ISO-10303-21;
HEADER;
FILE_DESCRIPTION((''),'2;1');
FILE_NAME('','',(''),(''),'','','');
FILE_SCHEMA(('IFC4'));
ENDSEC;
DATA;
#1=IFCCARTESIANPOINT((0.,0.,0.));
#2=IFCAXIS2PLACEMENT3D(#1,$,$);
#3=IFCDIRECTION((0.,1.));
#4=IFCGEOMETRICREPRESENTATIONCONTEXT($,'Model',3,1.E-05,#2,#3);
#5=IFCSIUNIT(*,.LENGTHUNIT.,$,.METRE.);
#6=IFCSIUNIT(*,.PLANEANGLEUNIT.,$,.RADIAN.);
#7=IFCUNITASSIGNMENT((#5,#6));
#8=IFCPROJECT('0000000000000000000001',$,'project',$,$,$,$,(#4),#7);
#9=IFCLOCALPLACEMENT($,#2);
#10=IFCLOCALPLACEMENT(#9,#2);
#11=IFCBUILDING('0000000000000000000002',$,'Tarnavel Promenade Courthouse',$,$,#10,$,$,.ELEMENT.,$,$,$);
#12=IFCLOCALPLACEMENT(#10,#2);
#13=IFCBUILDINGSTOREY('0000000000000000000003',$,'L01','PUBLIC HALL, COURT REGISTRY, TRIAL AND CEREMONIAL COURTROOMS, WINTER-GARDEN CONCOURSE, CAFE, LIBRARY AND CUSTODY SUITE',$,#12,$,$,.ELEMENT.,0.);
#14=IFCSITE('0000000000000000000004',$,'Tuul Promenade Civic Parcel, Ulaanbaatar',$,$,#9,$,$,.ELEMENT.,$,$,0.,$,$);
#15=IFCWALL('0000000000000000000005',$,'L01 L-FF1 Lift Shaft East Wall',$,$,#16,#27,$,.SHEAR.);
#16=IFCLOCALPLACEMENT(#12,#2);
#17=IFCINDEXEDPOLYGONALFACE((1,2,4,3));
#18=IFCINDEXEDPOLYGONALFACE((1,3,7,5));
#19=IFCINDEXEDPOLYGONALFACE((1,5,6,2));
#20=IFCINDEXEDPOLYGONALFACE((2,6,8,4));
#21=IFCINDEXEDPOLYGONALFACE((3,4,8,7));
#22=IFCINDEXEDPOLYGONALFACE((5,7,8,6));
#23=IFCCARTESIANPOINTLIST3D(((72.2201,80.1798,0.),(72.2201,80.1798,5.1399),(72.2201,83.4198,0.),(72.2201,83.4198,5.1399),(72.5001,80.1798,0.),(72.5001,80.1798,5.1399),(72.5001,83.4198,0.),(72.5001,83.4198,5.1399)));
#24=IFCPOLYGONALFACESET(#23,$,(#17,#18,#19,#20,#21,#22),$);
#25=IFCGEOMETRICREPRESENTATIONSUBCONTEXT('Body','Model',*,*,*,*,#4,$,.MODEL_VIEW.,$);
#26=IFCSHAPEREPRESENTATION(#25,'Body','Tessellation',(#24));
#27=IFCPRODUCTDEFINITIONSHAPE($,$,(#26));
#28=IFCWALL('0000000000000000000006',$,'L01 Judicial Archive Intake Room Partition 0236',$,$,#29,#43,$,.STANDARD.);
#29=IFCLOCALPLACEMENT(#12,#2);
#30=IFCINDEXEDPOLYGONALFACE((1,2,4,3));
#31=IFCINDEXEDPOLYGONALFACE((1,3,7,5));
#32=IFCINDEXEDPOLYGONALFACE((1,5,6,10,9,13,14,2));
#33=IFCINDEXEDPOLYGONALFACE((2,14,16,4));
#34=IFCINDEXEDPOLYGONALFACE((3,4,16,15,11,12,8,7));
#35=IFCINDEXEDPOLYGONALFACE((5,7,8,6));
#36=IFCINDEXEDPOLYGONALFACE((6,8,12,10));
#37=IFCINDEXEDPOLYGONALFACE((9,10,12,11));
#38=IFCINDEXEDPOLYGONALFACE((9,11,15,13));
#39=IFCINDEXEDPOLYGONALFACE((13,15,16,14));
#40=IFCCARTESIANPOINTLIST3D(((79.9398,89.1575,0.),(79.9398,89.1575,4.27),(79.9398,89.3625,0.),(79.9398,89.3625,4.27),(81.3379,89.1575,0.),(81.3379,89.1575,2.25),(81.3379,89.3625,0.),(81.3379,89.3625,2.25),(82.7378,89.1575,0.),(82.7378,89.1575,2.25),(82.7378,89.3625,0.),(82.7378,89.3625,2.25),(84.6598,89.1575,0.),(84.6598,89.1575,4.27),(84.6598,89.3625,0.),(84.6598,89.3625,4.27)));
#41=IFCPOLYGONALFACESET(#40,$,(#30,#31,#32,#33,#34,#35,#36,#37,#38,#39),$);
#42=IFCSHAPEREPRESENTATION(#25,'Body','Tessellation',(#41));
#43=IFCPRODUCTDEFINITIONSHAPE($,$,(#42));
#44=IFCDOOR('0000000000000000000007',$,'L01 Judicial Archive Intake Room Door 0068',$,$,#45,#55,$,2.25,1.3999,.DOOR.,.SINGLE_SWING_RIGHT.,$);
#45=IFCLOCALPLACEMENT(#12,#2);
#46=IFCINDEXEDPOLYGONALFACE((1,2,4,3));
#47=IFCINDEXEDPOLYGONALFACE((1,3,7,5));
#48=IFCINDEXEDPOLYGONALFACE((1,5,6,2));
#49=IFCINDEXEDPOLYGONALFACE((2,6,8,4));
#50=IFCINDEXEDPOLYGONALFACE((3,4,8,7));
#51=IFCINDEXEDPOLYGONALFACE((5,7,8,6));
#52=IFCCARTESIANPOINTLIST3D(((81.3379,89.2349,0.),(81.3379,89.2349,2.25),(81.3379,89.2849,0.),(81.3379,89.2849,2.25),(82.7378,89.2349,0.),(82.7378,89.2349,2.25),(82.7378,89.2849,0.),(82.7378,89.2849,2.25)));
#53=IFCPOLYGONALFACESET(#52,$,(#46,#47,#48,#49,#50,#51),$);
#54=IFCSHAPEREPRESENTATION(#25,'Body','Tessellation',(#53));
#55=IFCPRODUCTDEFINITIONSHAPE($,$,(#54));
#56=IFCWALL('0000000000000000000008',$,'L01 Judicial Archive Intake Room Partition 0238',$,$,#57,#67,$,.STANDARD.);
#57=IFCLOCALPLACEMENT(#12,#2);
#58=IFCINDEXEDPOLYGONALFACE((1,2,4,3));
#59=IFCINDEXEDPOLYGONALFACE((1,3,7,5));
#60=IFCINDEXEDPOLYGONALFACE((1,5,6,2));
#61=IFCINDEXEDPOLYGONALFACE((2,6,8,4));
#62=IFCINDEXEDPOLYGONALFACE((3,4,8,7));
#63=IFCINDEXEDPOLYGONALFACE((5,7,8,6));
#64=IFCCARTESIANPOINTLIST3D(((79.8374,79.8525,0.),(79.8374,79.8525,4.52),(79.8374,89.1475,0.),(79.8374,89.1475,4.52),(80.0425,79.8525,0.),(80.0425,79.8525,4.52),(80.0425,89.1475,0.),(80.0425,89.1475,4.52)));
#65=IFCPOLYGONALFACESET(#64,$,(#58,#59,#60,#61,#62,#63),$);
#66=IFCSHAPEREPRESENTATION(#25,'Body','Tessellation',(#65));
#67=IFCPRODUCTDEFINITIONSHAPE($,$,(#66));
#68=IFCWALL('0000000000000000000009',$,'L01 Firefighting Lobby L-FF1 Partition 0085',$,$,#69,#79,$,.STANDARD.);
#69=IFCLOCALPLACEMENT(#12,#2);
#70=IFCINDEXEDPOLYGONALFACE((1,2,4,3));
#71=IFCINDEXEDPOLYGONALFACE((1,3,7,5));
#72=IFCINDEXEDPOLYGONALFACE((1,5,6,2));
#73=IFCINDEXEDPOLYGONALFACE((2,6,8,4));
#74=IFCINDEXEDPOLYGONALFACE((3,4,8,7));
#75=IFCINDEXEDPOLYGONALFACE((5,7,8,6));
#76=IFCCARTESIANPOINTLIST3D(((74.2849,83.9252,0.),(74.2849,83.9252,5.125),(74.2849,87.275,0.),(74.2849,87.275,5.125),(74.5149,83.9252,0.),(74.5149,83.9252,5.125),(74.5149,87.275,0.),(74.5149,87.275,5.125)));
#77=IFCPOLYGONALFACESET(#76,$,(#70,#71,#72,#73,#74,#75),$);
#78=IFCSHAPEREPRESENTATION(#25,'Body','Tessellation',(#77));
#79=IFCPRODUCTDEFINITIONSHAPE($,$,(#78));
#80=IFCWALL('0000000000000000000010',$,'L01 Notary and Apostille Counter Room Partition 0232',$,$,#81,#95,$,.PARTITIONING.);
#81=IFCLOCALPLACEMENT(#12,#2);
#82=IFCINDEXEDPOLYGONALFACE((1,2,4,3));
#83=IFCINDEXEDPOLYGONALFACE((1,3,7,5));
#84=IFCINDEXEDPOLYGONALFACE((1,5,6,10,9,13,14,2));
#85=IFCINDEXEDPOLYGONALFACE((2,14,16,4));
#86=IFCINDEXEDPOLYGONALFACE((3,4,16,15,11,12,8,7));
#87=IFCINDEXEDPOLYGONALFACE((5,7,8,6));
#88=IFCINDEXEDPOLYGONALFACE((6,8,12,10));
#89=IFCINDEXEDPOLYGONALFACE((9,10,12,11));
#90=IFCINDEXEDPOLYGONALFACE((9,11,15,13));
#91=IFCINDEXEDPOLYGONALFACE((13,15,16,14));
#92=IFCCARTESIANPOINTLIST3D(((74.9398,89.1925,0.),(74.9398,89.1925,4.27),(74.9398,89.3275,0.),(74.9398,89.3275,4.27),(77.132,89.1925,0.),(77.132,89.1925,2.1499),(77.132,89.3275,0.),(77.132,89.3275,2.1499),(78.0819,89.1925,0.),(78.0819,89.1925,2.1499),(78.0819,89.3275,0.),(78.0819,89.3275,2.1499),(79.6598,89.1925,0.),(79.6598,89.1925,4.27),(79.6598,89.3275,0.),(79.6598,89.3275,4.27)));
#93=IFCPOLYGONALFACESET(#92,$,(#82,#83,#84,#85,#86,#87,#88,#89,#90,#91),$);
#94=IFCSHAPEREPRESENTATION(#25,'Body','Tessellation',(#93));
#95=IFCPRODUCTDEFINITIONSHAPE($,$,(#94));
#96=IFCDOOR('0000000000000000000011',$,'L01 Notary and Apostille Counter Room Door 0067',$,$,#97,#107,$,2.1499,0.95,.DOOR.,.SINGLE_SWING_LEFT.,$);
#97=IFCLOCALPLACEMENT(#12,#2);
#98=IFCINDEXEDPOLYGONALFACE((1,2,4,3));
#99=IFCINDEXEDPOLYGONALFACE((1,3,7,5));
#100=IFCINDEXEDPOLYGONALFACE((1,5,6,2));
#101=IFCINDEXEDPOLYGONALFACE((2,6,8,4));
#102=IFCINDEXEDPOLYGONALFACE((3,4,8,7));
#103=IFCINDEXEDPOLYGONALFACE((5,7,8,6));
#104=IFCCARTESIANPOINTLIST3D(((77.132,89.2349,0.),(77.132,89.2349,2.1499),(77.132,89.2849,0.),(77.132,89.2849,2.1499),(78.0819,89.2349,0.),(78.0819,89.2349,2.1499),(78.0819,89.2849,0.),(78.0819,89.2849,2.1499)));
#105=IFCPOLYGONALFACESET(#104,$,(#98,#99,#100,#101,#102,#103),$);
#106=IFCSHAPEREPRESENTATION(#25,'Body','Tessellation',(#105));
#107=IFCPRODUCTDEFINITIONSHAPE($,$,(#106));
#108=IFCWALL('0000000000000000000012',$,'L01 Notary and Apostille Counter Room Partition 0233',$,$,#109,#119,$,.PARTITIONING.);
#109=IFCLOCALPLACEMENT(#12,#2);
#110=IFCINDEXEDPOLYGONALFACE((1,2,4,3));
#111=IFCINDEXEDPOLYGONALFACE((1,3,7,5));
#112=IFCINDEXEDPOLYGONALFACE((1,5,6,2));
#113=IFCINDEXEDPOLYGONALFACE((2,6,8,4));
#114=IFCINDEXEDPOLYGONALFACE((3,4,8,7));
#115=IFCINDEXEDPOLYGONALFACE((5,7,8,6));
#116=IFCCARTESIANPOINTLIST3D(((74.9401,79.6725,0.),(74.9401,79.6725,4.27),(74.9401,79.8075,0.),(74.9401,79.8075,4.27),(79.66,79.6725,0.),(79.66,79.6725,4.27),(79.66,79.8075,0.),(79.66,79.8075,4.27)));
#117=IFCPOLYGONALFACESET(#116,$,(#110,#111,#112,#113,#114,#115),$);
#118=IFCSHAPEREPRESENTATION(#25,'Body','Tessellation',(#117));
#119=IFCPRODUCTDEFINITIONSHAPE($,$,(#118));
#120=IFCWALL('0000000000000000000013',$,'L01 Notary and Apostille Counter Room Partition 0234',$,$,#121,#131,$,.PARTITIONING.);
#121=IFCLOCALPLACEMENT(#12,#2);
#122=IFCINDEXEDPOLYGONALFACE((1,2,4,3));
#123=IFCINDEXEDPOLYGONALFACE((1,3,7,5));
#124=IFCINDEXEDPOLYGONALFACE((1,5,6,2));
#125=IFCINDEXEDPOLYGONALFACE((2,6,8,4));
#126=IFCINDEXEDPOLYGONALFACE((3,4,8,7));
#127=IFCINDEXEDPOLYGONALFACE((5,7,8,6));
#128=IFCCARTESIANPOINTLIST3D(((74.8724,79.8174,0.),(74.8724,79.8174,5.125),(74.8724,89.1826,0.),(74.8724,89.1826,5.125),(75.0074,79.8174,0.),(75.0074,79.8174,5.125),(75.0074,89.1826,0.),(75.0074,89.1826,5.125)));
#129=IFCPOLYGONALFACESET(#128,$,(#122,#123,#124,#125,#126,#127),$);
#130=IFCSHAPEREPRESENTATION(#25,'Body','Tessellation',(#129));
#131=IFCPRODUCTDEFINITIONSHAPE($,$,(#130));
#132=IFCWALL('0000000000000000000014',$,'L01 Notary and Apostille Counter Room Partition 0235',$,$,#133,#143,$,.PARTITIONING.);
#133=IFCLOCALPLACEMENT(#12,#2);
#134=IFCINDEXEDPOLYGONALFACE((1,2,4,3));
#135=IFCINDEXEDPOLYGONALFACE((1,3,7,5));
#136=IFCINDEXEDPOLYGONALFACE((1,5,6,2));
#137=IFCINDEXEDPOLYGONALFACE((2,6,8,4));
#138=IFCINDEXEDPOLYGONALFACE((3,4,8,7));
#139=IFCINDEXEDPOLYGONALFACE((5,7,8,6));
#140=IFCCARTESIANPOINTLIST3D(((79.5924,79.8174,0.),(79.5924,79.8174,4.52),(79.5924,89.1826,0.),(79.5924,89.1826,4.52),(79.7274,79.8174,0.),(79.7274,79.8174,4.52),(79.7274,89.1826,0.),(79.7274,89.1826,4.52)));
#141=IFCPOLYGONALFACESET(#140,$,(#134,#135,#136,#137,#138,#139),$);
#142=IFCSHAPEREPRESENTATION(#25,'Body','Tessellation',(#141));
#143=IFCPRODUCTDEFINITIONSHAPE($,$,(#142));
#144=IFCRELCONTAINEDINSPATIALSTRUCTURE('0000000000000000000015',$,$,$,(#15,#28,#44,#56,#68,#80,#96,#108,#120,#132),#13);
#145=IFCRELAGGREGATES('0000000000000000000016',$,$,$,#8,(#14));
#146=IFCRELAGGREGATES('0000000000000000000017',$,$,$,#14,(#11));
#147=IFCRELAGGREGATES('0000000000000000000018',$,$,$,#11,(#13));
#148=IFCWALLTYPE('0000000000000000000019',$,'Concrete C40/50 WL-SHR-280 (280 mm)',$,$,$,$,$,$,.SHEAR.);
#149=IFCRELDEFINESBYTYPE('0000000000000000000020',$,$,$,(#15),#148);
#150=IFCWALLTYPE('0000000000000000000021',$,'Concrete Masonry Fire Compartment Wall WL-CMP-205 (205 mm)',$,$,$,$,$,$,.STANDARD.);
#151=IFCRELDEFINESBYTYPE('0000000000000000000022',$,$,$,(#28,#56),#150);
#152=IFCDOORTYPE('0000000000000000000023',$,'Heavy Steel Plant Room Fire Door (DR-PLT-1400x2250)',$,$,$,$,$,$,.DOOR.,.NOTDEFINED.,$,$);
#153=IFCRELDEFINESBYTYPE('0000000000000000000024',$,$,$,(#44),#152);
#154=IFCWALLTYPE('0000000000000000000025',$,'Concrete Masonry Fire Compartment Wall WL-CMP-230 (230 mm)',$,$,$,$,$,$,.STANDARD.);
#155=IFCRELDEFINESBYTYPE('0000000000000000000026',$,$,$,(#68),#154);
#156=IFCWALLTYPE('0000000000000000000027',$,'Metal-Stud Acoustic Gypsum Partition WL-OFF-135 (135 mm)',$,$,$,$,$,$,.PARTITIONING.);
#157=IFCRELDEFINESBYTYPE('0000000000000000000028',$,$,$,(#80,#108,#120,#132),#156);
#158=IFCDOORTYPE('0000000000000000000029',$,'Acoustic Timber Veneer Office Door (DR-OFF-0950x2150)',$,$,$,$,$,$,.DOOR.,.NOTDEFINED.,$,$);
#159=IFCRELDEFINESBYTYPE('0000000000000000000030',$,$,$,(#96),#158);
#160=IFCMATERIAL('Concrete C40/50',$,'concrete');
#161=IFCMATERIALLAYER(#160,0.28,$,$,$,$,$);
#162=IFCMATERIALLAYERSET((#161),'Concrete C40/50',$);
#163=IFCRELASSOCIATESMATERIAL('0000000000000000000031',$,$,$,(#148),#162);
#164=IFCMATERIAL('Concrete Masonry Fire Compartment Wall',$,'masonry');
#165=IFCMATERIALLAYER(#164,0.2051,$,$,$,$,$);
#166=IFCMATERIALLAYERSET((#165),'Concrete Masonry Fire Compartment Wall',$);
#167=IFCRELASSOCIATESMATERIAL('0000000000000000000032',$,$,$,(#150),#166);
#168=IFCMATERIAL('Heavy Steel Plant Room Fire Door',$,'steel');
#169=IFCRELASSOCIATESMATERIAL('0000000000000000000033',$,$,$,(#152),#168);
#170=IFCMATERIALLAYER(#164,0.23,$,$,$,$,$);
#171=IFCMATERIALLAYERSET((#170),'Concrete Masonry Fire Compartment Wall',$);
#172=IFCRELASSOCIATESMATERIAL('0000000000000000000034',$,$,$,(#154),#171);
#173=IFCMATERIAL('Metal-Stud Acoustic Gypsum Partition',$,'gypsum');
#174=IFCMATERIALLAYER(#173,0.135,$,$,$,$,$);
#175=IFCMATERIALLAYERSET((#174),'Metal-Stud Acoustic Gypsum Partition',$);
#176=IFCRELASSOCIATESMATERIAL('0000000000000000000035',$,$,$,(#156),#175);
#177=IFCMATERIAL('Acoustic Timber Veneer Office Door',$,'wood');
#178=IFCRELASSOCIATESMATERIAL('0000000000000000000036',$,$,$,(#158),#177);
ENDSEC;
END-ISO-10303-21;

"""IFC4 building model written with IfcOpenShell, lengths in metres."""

from ifc_helpers import new_model, si_unit, direction, frame, frame_2d, origin, place, context, subcontext, project, spatial, rectangle, extrude, material, layer, layer_set, type_object, element, fill, save


model = new_model("IFC4")

# Units and contexts
model_context = context("Model", 3, precision=1e-05, world=origin(), true_north=direction((0.0, 1.0)))
body_context = subcontext(model_context, "Body", "Model", "MODEL_VIEW")
ifc_project = project(units=[si_unit("LENGTHUNIT", "METRE"), si_unit("PLANEANGLEUNIT", "RADIAN")], contexts=[model_context])

# Site, building, storey
site_placement = place(None, origin())
site = spatial("IfcSite", under=ifc_project, at=site_placement, Name="Tuul Promenade Civic Parcel, Ulaanbaatar", CompositionType="ELEMENT", RefElevation=0.0)
building_placement = place(site_placement, origin())
building = spatial("IfcBuilding", under=site, at=building_placement, Name="Tarnavel Promenade Courthouse", CompositionType="ELEMENT")
storey_placement = place(building_placement, origin())
storey = spatial("IfcBuildingStorey", under=building, at=storey_placement, Name="L01", Description="PUBLIC HALL, COURT REGISTRY, TRIAL AND CEREMONIAL COURTROOMS, WINTER-GARDEN CONCOURSE, CAFE, LIBRARY AND CUSTODY SUITE", CompositionType="ELEMENT", Elevation=0.0)

# Shared definitions
ifc_material_1 = material(Name="Concrete C40/50", Category="concrete")

# Wall
ifc_layer_1 = layer(ifc_material_1, 0.28)
ifc_layer_set_1 = layer_set([ifc_layer_1], Name="Concrete C40/50")
wall_type_1 = type_object("IfcWallType", Name="Concrete C40/50 WL-SHR-280 (280 mm)", PredefinedType="SHEAR", material=ifc_layer_set_1)
for number, where, z_axis, x_axis, name in (
    (1, (72.3601, 83.4199, 0.0), (0.0, 0.0, 1.0), (0.0, -1.0, 0.0), "L01 L-FF1 Lift Shaft East Wall"),
):
    element("IfcWall", number, at=place(storey_placement, frame(where, z_axis=z_axis, x_axis=x_axis)), inside=storey, type_object=wall_type_1, Name=name, PredefinedType="SHEAR", context=body_context, shape_type="SweptSolid", body=[
        extrude(rectangle(XDim=3.24, YDim=0.28, at=frame_2d((1.6201, 0.0))), origin(), (0.0, 0.0, 1.0), 5.1399),
    ])

# Wall, opening, door
ifc_material_2 = material(Name="Concrete Masonry Fire Compartment Wall", Category="masonry")
ifc_layer_2 = layer(ifc_material_2, 0.2051)
ifc_layer_set_2 = layer_set([ifc_layer_2], Name="Concrete Masonry Fire Compartment Wall")
wall_type_2 = type_object("IfcWallType", Name="Concrete Masonry Fire Compartment Wall WL-CMP-205 (205 mm)", PredefinedType="STANDARD", material=ifc_layer_set_2)
wall_1_placement = place(storey_placement, frame((79.9399, 89.26, 0.0), z_axis=(0.0, 0.0, 1.0), x_axis=(1.0, 0.0, 0.0)))
wall_1 = element("IfcWall", 2, at=wall_1_placement, inside=storey, type_object=wall_type_2, Name="L01 Judicial Archive Intake Room Partition 0236", PredefinedType="STANDARD", context=body_context, shape_type="SweptSolid", body=[
    extrude(rectangle(XDim=4.72, YDim=0.2051, at=frame_2d((2.3599, 0.0))), origin(), (0.0, 0.0, 1.0), 4.27),
])
opening_1_placement = place(wall_1_placement, frame((1.3979, 0.0, 0.0)))
opening_1 = element("IfcOpeningElement", 3, at=opening_1_placement, cuts=wall_1, PredefinedType="OPENING", context=body_context, shape_type="SweptSolid", body=[
    extrude(rectangle(XDim=1.3999, YDim=2.25, at=frame_2d((0.7, 1.125))), frame((0.0, 0.1125, 0.0), z_axis=(0.0, -1.0, 0.0), x_axis=(1.0, 0.0, 0.0)), (0.0, 0.0, 1.0), 0.2251),
])
ifc_material_3 = material(Name="Heavy Steel Plant Room Fire Door", Category="steel")
door_type_1 = type_object("IfcDoorType", Name="Heavy Steel Plant Room Fire Door (DR-PLT-1400x2250)", OperationType="NOTDEFINED", PredefinedType="DOOR", material=ifc_material_3)
door_1_placement = place(opening_1_placement, origin())
door_1 = element("IfcDoor", 4, at=door_1_placement, inside=storey, type_object=door_type_1, Name="L01 Judicial Archive Intake Room Door 0068", OperationType="SINGLE_SWING_RIGHT", OverallHeight=2.25, OverallWidth=1.3999, PredefinedType="DOOR", context=body_context, shape_type="SweptSolid", body=[
    extrude(rectangle(XDim=1.3999, YDim=2.25, at=frame_2d((0.7, 1.125))), frame((0.0, 0.0249, 0.0), z_axis=(0.0, -1.0, 0.0), x_axis=(1.0, 0.0, 0.0)), (0.0, 0.0, 1.0), 0.05),
])
fill(opening_1, door_1)

# Walls
wall_2_placement = place(storey_placement, frame((79.9399, 79.8525, 0.0), z_axis=(0.0, 0.0, 1.0), x_axis=(0.0, 1.0, 0.0)))
element("IfcWall", 5, at=wall_2_placement, inside=storey, type_object=wall_type_2, Name="L01 Judicial Archive Intake Room Partition 0238", PredefinedType="STANDARD", context=body_context, shape_type="SweptSolid", body=[
    extrude(rectangle(XDim=9.2949, YDim=0.2051, at=frame_2d((4.6475, 0.0))), origin(), (0.0, 0.0, 1.0), 4.52),
])
ifc_layer_3 = layer(ifc_material_2, 0.23)
ifc_layer_set_3 = layer_set([ifc_layer_3], Name="Concrete Masonry Fire Compartment Wall")
wall_type_3 = type_object("IfcWallType", Name="Concrete Masonry Fire Compartment Wall WL-CMP-230 (230 mm)", PredefinedType="STANDARD", material=ifc_layer_set_3)
wall_3_placement = place(storey_placement, frame((74.3999, 87.2749, 0.0), z_axis=(0.0, 0.0, 1.0), x_axis=(0.0, -1.0, 0.0)))
element("IfcWall", 6, at=wall_3_placement, inside=storey, type_object=wall_type_3, Name="L01 Firefighting Lobby L-FF1 Partition 0085", PredefinedType="STANDARD", context=body_context, shape_type="SweptSolid", body=[
    extrude(rectangle(XDim=3.3499, YDim=0.23, at=frame_2d((1.6748, 0.0))), origin(), (0.0, 0.0, 1.0), 5.125),
])

# Wall, opening, door
ifc_material_4 = material(Name="Metal-Stud Acoustic Gypsum Partition", Category="gypsum")
ifc_layer_4 = layer(ifc_material_4, 0.135)
ifc_layer_set_4 = layer_set([ifc_layer_4], Name="Metal-Stud Acoustic Gypsum Partition")
wall_type_4 = type_object("IfcWallType", Name="Metal-Stud Acoustic Gypsum Partition WL-OFF-135 (135 mm)", PredefinedType="PARTITIONING", material=ifc_layer_set_4)
wall_4_placement = place(storey_placement, frame((74.9399, 89.26, 0.0), z_axis=(0.0, 0.0, 1.0), x_axis=(1.0, 0.0, 0.0)))
wall_4 = element("IfcWall", 7, at=wall_4_placement, inside=storey, type_object=wall_type_4, Name="L01 Notary and Apostille Counter Room Partition 0232", PredefinedType="PARTITIONING", context=body_context, shape_type="SweptSolid", body=[
    extrude(rectangle(XDim=4.72, YDim=0.135, at=frame_2d((2.3599, 0.0))), origin(), (0.0, 0.0, 1.0), 4.27),
])
opening_2_placement = place(wall_4_placement, frame((2.1919, 0.0, 0.0)))
opening_2 = element("IfcOpeningElement", 8, at=opening_2_placement, cuts=wall_4, PredefinedType="OPENING", context=body_context, shape_type="SweptSolid", body=[
    extrude(rectangle(XDim=0.95, YDim=2.1499, at=frame_2d((0.4751, 1.075))), frame((0.0, 0.0774, 0.0), z_axis=(0.0, -1.0, 0.0), x_axis=(1.0, 0.0, 0.0)), (0.0, 0.0, 1.0), 0.155),
])
ifc_material_5 = material(Name="Acoustic Timber Veneer Office Door", Category="wood")
door_type_2 = type_object("IfcDoorType", Name="Acoustic Timber Veneer Office Door (DR-OFF-0950x2150)", OperationType="NOTDEFINED", PredefinedType="DOOR", material=ifc_material_5)
door_2_placement = place(opening_2_placement, origin())
door_2 = element("IfcDoor", 9, at=door_2_placement, inside=storey, type_object=door_type_2, Name="L01 Notary and Apostille Counter Room Door 0067", OperationType="SINGLE_SWING_LEFT", OverallHeight=2.1499, OverallWidth=0.95, PredefinedType="DOOR", context=body_context, shape_type="SweptSolid", body=[
    extrude(rectangle(XDim=0.95, YDim=2.1499, at=frame_2d((0.4751, 1.075))), frame((0.0, 0.0249, 0.0), z_axis=(0.0, -1.0, 0.0), x_axis=(1.0, 0.0, 0.0)), (0.0, 0.0, 1.0), 0.05),
])
fill(opening_2, door_2)

# Walls
wall_5_placement = place(storey_placement, frame((79.6599, 79.74, 0.0), z_axis=(0.0, 0.0, 1.0), x_axis=(-1.0, 0.0, 0.0)))
element("IfcWall", 10, at=wall_5_placement, inside=storey, type_object=wall_type_4, Name="L01 Notary and Apostille Counter Room Partition 0233", PredefinedType="PARTITIONING", context=body_context, shape_type="SweptSolid", body=[
    extrude(rectangle(XDim=4.72, YDim=0.135, at=frame_2d((2.3599, 0.0))), origin(), (0.0, 0.0, 1.0), 4.27),
])
wall_6_placement = place(storey_placement, frame((74.9399, 79.8174, 0.0), z_axis=(0.0, 0.0, 1.0), x_axis=(0.0, 1.0, 0.0)))
element("IfcWall", 11, at=wall_6_placement, inside=storey, type_object=wall_type_4, Name="L01 Notary and Apostille Counter Room Partition 0234", PredefinedType="PARTITIONING", context=body_context, shape_type="SweptSolid", body=[
    extrude(rectangle(XDim=9.3652, YDim=0.135, at=frame_2d((4.6826, 0.0))), origin(), (0.0, 0.0, 1.0), 5.125),
])
wall_7_placement = place(storey_placement, frame((79.6599, 89.1826, 0.0), z_axis=(0.0, 0.0, 1.0), x_axis=(0.0, -1.0, 0.0)))
element("IfcWall", 12, at=wall_7_placement, inside=storey, type_object=wall_type_4, Name="L01 Notary and Apostille Counter Room Partition 0235", PredefinedType="PARTITIONING", context=body_context, shape_type="SweptSolid", body=[
    extrude(rectangle(XDim=9.3652, YDim=0.135, at=frame_2d((4.6826, 0.0))), origin(), (0.0, 0.0, 1.0), 4.52),
])

save(model, "model.ifc")
